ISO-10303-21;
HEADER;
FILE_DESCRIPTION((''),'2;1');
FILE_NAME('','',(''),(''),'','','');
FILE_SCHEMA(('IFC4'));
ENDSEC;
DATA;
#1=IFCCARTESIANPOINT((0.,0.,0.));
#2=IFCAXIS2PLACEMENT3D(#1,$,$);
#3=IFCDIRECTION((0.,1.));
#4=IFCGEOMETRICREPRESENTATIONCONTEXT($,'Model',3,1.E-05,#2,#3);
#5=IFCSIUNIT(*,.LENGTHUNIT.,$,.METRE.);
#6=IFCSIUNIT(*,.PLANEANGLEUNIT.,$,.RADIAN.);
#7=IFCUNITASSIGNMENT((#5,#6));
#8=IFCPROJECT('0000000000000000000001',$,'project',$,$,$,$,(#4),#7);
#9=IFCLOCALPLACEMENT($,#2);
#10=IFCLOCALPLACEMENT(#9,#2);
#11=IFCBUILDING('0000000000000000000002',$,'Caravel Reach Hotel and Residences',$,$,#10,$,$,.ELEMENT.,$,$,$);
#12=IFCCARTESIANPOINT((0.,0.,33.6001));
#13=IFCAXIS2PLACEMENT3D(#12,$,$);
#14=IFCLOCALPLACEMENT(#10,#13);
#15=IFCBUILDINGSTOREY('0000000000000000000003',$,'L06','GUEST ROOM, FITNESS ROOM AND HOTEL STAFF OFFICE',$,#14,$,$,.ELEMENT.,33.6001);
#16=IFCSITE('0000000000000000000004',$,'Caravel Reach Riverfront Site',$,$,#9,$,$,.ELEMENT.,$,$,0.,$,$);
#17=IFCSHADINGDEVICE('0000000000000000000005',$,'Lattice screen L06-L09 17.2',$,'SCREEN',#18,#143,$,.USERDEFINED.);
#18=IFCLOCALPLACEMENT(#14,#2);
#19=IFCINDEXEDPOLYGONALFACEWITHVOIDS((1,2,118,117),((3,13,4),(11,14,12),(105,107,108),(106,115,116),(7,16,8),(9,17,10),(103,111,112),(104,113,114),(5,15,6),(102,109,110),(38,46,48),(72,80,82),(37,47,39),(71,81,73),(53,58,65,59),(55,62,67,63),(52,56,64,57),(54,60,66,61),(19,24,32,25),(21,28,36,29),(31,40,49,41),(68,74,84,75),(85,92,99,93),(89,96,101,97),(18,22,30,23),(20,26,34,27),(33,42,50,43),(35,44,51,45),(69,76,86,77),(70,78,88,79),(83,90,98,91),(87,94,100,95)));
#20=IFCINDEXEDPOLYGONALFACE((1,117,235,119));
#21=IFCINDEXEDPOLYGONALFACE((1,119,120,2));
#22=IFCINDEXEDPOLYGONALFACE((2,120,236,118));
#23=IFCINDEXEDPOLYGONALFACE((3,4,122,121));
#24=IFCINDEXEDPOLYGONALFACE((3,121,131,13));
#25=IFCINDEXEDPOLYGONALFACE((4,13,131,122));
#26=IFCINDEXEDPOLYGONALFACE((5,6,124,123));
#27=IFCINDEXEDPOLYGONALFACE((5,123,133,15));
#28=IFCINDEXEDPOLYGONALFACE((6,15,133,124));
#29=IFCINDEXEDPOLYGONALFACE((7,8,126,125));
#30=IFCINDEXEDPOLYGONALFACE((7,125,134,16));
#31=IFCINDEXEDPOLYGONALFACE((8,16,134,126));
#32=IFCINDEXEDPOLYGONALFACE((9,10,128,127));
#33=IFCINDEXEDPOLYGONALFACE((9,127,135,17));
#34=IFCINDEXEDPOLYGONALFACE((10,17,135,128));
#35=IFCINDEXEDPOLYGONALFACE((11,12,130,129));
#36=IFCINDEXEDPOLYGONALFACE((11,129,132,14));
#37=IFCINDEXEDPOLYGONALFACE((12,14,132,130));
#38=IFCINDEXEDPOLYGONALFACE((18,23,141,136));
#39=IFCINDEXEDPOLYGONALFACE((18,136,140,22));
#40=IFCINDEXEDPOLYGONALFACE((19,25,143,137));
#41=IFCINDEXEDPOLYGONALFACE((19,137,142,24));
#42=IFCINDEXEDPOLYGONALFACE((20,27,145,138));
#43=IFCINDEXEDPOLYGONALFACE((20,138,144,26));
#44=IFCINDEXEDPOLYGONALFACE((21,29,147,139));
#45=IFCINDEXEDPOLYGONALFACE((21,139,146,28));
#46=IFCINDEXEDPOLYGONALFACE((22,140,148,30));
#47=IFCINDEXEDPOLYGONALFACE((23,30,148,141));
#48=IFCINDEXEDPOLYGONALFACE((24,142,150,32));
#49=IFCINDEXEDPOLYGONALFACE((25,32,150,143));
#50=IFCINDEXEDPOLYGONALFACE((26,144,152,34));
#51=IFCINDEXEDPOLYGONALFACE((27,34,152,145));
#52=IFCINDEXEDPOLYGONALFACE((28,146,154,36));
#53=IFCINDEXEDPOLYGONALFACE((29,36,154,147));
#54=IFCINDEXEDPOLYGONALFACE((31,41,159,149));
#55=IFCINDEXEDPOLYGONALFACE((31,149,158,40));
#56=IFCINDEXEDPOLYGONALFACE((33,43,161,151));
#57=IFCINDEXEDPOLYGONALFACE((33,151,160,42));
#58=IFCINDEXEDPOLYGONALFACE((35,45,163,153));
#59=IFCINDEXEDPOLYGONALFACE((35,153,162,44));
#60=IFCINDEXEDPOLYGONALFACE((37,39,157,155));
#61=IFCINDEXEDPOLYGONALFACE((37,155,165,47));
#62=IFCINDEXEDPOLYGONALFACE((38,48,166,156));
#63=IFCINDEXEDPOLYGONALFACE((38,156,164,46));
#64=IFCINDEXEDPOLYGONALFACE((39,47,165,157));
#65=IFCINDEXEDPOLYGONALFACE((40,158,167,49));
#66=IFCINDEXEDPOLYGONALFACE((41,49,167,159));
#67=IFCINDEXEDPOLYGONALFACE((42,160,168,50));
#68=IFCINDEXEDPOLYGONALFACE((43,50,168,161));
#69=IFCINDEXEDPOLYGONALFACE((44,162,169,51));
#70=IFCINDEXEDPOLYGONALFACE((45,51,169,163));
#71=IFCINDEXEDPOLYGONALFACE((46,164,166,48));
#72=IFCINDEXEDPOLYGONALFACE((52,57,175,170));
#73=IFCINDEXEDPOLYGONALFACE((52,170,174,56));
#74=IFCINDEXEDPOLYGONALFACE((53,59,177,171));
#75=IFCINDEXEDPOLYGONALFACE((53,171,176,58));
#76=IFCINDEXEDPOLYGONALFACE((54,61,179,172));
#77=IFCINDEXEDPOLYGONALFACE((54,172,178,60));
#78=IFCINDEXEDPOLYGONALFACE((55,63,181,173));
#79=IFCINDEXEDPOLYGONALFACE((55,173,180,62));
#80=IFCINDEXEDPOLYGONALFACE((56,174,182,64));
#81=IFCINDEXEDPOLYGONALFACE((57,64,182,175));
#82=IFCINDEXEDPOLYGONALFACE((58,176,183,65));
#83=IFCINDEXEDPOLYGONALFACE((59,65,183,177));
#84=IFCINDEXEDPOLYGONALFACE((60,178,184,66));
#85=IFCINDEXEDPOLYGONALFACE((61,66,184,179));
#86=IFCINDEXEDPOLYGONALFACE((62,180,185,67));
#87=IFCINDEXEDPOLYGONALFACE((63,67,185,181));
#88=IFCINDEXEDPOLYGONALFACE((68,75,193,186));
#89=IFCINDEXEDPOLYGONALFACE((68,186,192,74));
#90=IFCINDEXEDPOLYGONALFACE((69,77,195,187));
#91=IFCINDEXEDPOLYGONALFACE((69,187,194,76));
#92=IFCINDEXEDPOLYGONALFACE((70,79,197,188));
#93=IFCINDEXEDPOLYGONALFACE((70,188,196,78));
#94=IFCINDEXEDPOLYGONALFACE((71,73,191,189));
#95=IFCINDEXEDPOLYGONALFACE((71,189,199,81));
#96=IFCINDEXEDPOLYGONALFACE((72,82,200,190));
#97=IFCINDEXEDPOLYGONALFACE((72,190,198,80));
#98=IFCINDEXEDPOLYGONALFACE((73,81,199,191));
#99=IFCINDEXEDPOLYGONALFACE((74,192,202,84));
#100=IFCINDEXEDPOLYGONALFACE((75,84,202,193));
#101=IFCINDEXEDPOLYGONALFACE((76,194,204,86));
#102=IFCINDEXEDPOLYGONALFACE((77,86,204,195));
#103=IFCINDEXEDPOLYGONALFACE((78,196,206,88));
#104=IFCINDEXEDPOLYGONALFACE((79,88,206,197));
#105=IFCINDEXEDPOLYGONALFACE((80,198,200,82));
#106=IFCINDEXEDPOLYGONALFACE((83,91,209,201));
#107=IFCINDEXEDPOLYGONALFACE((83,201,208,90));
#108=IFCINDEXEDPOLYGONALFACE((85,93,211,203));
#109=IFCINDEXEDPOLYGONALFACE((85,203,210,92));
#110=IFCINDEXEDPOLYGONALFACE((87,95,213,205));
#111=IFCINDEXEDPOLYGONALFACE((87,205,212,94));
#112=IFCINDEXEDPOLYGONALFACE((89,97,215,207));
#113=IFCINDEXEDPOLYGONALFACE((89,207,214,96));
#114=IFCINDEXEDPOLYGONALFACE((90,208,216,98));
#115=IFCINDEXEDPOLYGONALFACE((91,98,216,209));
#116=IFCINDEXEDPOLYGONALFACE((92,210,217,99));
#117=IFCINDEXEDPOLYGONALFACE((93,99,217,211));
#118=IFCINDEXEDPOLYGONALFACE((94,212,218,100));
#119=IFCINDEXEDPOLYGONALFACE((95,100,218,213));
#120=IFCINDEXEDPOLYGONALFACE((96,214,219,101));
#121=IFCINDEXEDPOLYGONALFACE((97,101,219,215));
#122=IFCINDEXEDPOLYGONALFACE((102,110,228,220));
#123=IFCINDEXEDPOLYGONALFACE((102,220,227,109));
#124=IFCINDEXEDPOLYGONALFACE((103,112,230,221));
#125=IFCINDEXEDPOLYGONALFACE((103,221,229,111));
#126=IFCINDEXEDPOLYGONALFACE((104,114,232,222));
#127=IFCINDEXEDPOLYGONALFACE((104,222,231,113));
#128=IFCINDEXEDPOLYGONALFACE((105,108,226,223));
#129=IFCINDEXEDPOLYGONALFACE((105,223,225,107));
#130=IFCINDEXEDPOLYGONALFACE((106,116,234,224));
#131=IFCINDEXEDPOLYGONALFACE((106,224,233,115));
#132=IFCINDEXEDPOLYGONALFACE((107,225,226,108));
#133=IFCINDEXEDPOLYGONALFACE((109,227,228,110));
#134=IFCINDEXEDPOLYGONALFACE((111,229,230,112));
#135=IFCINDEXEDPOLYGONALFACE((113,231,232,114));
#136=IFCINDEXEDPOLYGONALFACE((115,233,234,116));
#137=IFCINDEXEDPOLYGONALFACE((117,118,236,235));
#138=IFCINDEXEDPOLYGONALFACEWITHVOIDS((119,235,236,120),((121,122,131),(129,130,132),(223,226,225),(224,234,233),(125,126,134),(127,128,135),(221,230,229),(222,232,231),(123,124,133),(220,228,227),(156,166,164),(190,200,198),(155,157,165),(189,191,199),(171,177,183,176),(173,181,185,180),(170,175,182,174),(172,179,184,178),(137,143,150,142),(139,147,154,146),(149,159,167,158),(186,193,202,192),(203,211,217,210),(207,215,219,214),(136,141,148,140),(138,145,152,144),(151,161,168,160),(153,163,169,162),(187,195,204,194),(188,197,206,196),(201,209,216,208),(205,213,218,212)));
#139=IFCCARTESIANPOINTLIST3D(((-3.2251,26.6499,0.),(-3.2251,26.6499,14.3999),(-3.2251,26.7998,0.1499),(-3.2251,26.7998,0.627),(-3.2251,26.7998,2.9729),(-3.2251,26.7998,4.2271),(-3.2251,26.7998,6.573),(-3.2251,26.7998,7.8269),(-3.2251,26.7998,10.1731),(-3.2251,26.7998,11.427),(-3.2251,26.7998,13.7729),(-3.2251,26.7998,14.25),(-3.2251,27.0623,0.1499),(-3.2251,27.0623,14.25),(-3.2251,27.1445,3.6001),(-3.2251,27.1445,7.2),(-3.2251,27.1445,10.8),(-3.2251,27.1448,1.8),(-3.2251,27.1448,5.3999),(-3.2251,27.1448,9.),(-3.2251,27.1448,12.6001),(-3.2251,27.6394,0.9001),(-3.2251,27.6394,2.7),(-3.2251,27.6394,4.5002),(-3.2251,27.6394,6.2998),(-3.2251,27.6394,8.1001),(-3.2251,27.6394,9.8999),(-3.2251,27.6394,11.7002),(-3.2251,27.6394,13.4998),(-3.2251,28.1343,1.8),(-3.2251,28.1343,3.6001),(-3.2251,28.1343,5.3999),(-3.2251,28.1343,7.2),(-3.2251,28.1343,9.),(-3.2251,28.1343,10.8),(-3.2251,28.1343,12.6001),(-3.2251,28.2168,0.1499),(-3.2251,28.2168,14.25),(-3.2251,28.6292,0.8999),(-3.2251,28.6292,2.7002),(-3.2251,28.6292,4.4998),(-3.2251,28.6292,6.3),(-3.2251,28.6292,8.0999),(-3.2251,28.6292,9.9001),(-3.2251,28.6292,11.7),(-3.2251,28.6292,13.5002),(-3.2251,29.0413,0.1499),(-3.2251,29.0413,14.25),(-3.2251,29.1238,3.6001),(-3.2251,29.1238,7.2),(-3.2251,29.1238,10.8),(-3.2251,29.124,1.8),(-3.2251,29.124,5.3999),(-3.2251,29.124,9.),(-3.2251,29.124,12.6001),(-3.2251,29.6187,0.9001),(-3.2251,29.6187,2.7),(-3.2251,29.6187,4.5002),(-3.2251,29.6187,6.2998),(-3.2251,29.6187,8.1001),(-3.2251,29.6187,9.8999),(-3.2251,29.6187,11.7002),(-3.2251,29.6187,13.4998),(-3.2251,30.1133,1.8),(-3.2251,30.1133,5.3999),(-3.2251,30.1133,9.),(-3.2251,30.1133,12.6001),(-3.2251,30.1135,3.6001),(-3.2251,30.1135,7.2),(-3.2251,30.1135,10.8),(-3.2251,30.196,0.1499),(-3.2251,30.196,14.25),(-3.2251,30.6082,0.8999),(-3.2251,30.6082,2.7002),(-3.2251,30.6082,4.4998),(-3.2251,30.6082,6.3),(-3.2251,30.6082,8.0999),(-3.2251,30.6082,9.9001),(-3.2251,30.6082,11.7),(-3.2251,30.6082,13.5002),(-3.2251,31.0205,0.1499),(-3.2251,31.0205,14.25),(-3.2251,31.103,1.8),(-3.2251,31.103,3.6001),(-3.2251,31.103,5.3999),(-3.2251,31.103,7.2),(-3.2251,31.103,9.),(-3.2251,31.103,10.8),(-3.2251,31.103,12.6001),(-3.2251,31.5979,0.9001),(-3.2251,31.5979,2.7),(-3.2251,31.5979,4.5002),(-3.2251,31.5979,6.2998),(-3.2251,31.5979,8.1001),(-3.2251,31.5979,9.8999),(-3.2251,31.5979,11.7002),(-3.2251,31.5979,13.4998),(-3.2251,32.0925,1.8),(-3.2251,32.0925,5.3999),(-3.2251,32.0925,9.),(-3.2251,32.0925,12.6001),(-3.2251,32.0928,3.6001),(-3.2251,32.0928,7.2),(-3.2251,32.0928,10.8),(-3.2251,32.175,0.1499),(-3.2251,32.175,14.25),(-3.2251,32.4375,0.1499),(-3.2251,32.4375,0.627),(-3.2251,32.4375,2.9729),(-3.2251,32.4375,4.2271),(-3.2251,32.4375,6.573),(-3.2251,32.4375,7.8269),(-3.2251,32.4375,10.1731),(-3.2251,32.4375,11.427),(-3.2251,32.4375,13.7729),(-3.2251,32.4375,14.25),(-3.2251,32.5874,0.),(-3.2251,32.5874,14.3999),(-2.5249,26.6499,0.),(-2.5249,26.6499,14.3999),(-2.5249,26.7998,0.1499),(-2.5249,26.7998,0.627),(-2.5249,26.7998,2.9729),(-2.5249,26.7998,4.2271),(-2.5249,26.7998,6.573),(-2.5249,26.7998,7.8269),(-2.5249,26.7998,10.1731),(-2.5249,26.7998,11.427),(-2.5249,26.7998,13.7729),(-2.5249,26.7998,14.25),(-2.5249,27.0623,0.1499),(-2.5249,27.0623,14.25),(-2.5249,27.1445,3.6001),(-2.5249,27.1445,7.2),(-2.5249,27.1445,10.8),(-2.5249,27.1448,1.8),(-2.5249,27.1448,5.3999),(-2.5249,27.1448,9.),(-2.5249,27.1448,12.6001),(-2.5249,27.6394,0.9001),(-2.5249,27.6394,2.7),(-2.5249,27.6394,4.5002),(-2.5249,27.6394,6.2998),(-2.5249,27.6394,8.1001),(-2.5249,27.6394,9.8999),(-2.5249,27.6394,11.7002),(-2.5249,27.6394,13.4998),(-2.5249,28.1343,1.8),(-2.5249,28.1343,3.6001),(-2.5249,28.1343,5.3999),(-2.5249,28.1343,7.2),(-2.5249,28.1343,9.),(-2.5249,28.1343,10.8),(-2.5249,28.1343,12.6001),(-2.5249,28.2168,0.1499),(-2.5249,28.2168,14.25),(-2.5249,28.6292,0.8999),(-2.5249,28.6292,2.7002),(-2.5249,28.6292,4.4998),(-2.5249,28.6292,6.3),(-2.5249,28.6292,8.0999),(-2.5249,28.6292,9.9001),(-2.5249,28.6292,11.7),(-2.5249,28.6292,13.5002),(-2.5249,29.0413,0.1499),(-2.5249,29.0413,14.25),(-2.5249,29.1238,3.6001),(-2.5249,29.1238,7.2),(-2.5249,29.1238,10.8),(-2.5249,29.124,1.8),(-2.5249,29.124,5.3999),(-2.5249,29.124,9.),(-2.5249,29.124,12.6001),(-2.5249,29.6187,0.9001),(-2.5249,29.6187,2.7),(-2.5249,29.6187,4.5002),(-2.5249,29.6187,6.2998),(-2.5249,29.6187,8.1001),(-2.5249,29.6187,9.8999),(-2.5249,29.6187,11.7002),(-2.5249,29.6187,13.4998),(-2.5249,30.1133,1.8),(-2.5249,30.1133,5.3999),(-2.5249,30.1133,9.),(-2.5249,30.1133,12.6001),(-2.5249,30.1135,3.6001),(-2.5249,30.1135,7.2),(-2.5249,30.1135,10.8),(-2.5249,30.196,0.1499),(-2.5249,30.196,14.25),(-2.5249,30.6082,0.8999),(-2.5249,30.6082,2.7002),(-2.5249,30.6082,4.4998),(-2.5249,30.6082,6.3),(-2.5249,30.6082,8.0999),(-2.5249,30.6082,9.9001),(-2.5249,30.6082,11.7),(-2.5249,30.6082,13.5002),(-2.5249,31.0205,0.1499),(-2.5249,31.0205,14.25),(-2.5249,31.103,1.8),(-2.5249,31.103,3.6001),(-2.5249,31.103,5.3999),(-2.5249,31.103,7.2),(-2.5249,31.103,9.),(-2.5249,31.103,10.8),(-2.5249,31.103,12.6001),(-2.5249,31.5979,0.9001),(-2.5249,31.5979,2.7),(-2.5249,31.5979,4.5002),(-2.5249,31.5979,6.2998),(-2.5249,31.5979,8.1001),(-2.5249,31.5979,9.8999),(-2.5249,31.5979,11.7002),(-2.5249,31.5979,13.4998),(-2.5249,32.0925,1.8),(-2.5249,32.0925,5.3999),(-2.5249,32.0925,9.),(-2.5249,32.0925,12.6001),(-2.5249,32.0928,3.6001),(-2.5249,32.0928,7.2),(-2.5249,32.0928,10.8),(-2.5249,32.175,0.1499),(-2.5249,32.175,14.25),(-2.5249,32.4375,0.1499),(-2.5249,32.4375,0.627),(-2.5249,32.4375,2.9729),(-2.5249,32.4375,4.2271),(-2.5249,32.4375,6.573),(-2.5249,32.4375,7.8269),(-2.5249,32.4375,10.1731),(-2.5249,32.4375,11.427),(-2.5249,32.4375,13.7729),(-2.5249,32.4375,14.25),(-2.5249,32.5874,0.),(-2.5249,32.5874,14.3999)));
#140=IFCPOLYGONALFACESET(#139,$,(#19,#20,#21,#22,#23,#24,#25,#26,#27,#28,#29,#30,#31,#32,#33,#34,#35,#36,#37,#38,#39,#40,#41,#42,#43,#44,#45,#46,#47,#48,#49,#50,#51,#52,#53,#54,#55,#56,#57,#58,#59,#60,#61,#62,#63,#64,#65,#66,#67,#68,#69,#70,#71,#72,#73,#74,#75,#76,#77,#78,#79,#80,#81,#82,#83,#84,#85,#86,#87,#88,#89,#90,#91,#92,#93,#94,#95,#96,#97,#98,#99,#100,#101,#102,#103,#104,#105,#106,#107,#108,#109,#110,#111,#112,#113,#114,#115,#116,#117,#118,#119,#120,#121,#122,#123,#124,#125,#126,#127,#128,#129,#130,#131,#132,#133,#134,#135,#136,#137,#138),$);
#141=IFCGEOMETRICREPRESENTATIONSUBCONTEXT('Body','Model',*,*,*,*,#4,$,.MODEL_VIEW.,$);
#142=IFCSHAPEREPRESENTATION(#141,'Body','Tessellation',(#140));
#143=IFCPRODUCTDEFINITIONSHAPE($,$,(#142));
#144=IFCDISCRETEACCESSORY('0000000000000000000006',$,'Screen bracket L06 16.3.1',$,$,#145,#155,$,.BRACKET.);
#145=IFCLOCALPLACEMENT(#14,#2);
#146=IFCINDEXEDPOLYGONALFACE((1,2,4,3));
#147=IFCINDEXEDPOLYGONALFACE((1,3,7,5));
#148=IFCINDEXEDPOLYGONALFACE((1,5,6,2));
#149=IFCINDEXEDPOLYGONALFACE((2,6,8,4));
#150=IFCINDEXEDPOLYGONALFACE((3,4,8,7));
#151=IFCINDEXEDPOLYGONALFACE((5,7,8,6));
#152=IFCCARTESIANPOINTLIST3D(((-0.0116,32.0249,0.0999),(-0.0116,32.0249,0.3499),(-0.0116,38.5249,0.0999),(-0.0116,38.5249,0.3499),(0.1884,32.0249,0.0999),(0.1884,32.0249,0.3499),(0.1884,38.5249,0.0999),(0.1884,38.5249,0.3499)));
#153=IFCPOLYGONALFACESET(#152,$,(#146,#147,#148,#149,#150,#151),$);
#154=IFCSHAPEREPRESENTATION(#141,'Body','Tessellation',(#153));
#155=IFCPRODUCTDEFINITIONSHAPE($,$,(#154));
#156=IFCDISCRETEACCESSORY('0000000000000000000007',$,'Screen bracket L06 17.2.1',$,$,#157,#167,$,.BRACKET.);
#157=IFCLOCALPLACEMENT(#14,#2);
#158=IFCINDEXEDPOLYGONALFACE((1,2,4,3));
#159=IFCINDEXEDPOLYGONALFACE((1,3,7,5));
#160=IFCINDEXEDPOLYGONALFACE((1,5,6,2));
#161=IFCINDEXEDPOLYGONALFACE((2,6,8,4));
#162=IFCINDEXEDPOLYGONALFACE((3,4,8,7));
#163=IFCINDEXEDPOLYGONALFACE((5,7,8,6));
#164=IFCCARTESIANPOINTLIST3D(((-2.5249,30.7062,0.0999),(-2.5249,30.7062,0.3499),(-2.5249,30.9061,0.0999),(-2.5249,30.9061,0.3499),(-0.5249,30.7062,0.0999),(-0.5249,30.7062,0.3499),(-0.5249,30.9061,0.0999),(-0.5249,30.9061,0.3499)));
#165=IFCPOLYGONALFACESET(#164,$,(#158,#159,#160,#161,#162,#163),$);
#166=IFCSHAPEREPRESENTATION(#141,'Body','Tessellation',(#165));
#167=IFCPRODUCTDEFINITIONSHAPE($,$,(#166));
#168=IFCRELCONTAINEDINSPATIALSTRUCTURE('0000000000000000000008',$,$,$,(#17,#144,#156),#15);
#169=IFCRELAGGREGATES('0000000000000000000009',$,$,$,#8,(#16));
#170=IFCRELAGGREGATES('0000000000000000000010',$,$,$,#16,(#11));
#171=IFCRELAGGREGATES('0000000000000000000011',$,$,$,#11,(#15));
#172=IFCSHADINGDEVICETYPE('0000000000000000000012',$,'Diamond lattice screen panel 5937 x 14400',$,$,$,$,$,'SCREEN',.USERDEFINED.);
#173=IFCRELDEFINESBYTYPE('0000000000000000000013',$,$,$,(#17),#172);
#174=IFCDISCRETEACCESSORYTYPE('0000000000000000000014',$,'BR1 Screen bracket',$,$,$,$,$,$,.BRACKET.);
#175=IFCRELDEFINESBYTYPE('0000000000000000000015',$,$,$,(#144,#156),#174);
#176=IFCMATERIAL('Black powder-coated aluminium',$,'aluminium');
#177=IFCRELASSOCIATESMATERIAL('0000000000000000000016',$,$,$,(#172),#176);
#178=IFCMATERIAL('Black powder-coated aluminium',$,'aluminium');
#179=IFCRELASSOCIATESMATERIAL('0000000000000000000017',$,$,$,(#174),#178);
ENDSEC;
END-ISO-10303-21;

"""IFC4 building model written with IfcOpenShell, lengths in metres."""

from ifc_helpers import new_model, si_unit, direction, frame, origin, origin_2d, place, context, subcontext, project, spatial, polyline, rectangle, outline, extrude, material, type_object, element, save


model = new_model("IFC4")

# Units and contexts
model_context = context("Model", 3, precision=1e-05, world=origin(), true_north=direction((0.0, 1.0)))
body_context = subcontext(model_context, "Body", "Model", "MODEL_VIEW")
ifc_project = project(units=[si_unit("LENGTHUNIT", "METRE"), si_unit("PLANEANGLEUNIT", "RADIAN")], contexts=[model_context])

# Site, building, storey
site_placement = place(None, origin())
site = spatial("IfcSite", under=ifc_project, at=site_placement, Name="Caravel Reach Riverfront Site", CompositionType="ELEMENT", RefElevation=0.0)
building_placement = place(site_placement, origin())
building = spatial("IfcBuilding", under=site, at=building_placement, Name="Caravel Reach Hotel and Residences", CompositionType="ELEMENT")
storey_placement = place(building_placement, frame((0.0, 0.0, 33.6001)))
storey = spatial("IfcBuildingStorey", under=building, at=storey_placement, Name="L06", Description="GUEST ROOM, FITNESS ROOM AND HOTEL STAFF OFFICE", CompositionType="ELEMENT", Elevation=33.6001)

# Shading device
ifc_material_1 = material(Name="Black powder-coated aluminium", Category="aluminium")
shading_device_type = type_object("IfcShadingDeviceType", Name="Diamond lattice screen panel 5937 x 14400", ElementType="SCREEN", PredefinedType="USERDEFINED", material=ifc_material_1)
shading_device_placement = place(storey_placement, frame((-2.5249, 32.5874, 0.0), z_axis=(-1.0, 0.0, 0.0), x_axis=(0.0, -1.0, 0.0)))
element("IfcShadingDevice", 1, at=shading_device_placement, inside=storey, type_object=shading_device_type, Name="Lattice screen L06-L09 17.2", ObjectType="SCREEN", PredefinedType="USERDEFINED", context=body_context, shape_type="SweptSolid", body=[
    extrude(outline(polyline([(0.0, 0.0), (5.9375, 0.0), (5.9375, 14.3999), (0.0, 14.3999), (0.0, 0.0)]), holes=[polyline([(0.4124, 0.1499), (0.1499, 0.627), (0.1499, 0.1499), (0.4124, 0.1499)]), polyline([(0.4946, 3.6001), (0.1499, 4.2271), (0.1499, 2.9729), (0.4946, 3.6001)]), polyline([(0.4946, 7.2), (0.1499, 7.8269), (0.1499, 6.573), (0.4946, 7.2)]), polyline([(0.4946, 10.8), (0.1499, 11.427), (0.1499, 10.1731), (0.4946, 10.8)]), polyline([(0.1499, 13.7729), (0.4124, 14.25), (0.1499, 14.25), (0.1499, 13.7729)]), polyline([(0.9895, 2.7), (0.4949, 1.8), (0.9895, 0.9001), (1.4844, 1.8), (0.9895, 2.7)]), polyline([(0.9895, 6.2998), (0.4949, 5.3999), (0.9895, 4.5002), (1.4844, 5.3999), (0.9895, 6.2998)]), polyline([(0.9895, 9.8999), (0.4949, 9.0), (0.9895, 8.1001), (1.4844, 9.0), (0.9895, 9.8999)]), polyline([(0.9895, 13.4998), (0.4949, 12.6001), (0.9895, 11.7002), (1.4844, 12.6001), (0.9895, 13.4998)]), polyline([(1.9792, 0.8999), (1.5669, 0.1499), (2.3914, 0.1499), (1.9792, 0.8999)]), polyline([(1.9792, 4.4998), (1.4844, 3.6001), (1.9792, 2.7002), (2.4739, 3.6001), (1.9792, 4.4998)]), polyline([(1.9792, 8.0999), (1.4844, 7.2), (1.9792, 6.3), (2.4739, 7.2), (1.9792, 8.0999)]), polyline([(1.9792, 11.7), (1.4844, 10.8), (1.9792, 9.9001), (2.4739, 10.8), (1.9792, 11.7)]), polyline([(1.9792, 13.5002), (2.3914, 14.25), (1.5669, 14.25), (1.9792, 13.5002)]), polyline([(2.9688, 2.7), (2.4741, 1.8), (2.9688, 0.9001), (3.4634, 1.8), (2.9688, 2.7)]), polyline([(2.9688, 6.2998), (2.4741, 5.3999), (2.9688, 4.5002), (3.4634, 5.3999), (2.9688, 6.2998)]), polyline([(2.9688, 9.8999), (2.4741, 9.0), (2.9688, 8.1001), (3.4634, 9.0), (2.9688, 9.8999)]), polyline([(2.9688, 13.4998), (2.4741, 12.6001), (2.9688, 11.7002), (3.4634, 12.6001), (2.9688, 13.4998)]), polyline([(3.9583, 0.8999), (3.5461, 0.1499), (4.3706, 0.1499), (3.9583, 0.8999)]), polyline([(3.9583, 4.4998), (3.4636, 3.6001), (3.9583, 2.7002), (4.4531, 3.6001), (3.9583, 4.4998)]), polyline([(3.9583, 8.0999), (3.4636, 7.2), (3.9583, 6.3), (4.4531, 7.2), (3.9583, 8.0999)]), polyline([(3.9583, 11.7), (3.4636, 10.8), (3.9583, 9.9001), (4.4531, 10.8), (3.9583, 11.7)]), polyline([(3.9583, 13.5002), (4.3706, 14.25), (3.5461, 14.25), (3.9583, 13.5002)]), polyline([(4.948, 2.7), (4.4531, 1.8), (4.948, 0.9001), (5.4426, 1.8), (4.948, 2.7)]), polyline([(4.948, 6.2998), (4.4531, 5.3999), (4.948, 4.5002), (5.4426, 5.3999), (4.948, 6.2998)]), polyline([(4.948, 9.8999), (4.4531, 9.0), (4.948, 8.1001), (5.4426, 9.0), (4.948, 9.8999)]), polyline([(4.948, 13.4998), (4.4531, 12.6001), (4.948, 11.7002), (5.4426, 12.6001), (4.948, 13.4998)]), polyline([(5.7876, 0.627), (5.5251, 0.1499), (5.7876, 0.1499), (5.7876, 0.627)]), polyline([(5.4429, 3.6001), (5.7876, 2.9729), (5.7876, 4.2271), (5.4429, 3.6001)]), polyline([(5.4429, 7.2), (5.7876, 6.573), (5.7876, 7.8269), (5.4429, 7.2)]), polyline([(5.4429, 10.8), (5.7876, 10.1731), (5.7876, 11.427), (5.4429, 10.8)]), polyline([(5.5251, 14.25), (5.7876, 13.7729), (5.7876, 14.25), (5.5251, 14.25)])]), origin(), (0.0, 0.0, 1.0), 0.7002),
])

# Discrete accessories
ifc_material_2 = material(Name="Black powder-coated aluminium", Category="aluminium")
discrete_accessory_type = type_object("IfcDiscreteAccessoryType", Name="BR1 Screen bracket", PredefinedType="BRACKET", material=ifc_material_2)
discrete_accessory_1_placement = place(storey_placement, frame((0.0884, 35.2749, 0.0999), z_axis=(0.0, 0.0, 1.0), x_axis=(0.0, 1.0, 0.0)))
element("IfcDiscreteAccessory", 2, at=discrete_accessory_1_placement, inside=storey, type_object=discrete_accessory_type, Name="Screen bracket L06 16.3.1", PredefinedType="BRACKET", context=body_context, shape_type="SweptSolid", body=[
    extrude(rectangle(XDim=6.5, YDim=0.2, at=origin_2d()), origin(), (0.0, 0.0, 1.0), 0.25),
])
discrete_accessory_2_placement = place(storey_placement, frame((-1.5249, 30.8062, 0.0999), z_axis=(0.0, 0.0, 1.0), x_axis=(-1.0, 0.0, 0.0)))
element("IfcDiscreteAccessory", 3, at=discrete_accessory_2_placement, inside=storey, type_object=discrete_accessory_type, Name="Screen bracket L06 17.2.1", PredefinedType="BRACKET", context=body_context, shape_type="SweptSolid", body=[
    extrude(rectangle(XDim=2.0, YDim=0.2, at=origin_2d()), origin(), (0.0, 0.0, 1.0), 0.25),
])

save(model, "model.ifc")
